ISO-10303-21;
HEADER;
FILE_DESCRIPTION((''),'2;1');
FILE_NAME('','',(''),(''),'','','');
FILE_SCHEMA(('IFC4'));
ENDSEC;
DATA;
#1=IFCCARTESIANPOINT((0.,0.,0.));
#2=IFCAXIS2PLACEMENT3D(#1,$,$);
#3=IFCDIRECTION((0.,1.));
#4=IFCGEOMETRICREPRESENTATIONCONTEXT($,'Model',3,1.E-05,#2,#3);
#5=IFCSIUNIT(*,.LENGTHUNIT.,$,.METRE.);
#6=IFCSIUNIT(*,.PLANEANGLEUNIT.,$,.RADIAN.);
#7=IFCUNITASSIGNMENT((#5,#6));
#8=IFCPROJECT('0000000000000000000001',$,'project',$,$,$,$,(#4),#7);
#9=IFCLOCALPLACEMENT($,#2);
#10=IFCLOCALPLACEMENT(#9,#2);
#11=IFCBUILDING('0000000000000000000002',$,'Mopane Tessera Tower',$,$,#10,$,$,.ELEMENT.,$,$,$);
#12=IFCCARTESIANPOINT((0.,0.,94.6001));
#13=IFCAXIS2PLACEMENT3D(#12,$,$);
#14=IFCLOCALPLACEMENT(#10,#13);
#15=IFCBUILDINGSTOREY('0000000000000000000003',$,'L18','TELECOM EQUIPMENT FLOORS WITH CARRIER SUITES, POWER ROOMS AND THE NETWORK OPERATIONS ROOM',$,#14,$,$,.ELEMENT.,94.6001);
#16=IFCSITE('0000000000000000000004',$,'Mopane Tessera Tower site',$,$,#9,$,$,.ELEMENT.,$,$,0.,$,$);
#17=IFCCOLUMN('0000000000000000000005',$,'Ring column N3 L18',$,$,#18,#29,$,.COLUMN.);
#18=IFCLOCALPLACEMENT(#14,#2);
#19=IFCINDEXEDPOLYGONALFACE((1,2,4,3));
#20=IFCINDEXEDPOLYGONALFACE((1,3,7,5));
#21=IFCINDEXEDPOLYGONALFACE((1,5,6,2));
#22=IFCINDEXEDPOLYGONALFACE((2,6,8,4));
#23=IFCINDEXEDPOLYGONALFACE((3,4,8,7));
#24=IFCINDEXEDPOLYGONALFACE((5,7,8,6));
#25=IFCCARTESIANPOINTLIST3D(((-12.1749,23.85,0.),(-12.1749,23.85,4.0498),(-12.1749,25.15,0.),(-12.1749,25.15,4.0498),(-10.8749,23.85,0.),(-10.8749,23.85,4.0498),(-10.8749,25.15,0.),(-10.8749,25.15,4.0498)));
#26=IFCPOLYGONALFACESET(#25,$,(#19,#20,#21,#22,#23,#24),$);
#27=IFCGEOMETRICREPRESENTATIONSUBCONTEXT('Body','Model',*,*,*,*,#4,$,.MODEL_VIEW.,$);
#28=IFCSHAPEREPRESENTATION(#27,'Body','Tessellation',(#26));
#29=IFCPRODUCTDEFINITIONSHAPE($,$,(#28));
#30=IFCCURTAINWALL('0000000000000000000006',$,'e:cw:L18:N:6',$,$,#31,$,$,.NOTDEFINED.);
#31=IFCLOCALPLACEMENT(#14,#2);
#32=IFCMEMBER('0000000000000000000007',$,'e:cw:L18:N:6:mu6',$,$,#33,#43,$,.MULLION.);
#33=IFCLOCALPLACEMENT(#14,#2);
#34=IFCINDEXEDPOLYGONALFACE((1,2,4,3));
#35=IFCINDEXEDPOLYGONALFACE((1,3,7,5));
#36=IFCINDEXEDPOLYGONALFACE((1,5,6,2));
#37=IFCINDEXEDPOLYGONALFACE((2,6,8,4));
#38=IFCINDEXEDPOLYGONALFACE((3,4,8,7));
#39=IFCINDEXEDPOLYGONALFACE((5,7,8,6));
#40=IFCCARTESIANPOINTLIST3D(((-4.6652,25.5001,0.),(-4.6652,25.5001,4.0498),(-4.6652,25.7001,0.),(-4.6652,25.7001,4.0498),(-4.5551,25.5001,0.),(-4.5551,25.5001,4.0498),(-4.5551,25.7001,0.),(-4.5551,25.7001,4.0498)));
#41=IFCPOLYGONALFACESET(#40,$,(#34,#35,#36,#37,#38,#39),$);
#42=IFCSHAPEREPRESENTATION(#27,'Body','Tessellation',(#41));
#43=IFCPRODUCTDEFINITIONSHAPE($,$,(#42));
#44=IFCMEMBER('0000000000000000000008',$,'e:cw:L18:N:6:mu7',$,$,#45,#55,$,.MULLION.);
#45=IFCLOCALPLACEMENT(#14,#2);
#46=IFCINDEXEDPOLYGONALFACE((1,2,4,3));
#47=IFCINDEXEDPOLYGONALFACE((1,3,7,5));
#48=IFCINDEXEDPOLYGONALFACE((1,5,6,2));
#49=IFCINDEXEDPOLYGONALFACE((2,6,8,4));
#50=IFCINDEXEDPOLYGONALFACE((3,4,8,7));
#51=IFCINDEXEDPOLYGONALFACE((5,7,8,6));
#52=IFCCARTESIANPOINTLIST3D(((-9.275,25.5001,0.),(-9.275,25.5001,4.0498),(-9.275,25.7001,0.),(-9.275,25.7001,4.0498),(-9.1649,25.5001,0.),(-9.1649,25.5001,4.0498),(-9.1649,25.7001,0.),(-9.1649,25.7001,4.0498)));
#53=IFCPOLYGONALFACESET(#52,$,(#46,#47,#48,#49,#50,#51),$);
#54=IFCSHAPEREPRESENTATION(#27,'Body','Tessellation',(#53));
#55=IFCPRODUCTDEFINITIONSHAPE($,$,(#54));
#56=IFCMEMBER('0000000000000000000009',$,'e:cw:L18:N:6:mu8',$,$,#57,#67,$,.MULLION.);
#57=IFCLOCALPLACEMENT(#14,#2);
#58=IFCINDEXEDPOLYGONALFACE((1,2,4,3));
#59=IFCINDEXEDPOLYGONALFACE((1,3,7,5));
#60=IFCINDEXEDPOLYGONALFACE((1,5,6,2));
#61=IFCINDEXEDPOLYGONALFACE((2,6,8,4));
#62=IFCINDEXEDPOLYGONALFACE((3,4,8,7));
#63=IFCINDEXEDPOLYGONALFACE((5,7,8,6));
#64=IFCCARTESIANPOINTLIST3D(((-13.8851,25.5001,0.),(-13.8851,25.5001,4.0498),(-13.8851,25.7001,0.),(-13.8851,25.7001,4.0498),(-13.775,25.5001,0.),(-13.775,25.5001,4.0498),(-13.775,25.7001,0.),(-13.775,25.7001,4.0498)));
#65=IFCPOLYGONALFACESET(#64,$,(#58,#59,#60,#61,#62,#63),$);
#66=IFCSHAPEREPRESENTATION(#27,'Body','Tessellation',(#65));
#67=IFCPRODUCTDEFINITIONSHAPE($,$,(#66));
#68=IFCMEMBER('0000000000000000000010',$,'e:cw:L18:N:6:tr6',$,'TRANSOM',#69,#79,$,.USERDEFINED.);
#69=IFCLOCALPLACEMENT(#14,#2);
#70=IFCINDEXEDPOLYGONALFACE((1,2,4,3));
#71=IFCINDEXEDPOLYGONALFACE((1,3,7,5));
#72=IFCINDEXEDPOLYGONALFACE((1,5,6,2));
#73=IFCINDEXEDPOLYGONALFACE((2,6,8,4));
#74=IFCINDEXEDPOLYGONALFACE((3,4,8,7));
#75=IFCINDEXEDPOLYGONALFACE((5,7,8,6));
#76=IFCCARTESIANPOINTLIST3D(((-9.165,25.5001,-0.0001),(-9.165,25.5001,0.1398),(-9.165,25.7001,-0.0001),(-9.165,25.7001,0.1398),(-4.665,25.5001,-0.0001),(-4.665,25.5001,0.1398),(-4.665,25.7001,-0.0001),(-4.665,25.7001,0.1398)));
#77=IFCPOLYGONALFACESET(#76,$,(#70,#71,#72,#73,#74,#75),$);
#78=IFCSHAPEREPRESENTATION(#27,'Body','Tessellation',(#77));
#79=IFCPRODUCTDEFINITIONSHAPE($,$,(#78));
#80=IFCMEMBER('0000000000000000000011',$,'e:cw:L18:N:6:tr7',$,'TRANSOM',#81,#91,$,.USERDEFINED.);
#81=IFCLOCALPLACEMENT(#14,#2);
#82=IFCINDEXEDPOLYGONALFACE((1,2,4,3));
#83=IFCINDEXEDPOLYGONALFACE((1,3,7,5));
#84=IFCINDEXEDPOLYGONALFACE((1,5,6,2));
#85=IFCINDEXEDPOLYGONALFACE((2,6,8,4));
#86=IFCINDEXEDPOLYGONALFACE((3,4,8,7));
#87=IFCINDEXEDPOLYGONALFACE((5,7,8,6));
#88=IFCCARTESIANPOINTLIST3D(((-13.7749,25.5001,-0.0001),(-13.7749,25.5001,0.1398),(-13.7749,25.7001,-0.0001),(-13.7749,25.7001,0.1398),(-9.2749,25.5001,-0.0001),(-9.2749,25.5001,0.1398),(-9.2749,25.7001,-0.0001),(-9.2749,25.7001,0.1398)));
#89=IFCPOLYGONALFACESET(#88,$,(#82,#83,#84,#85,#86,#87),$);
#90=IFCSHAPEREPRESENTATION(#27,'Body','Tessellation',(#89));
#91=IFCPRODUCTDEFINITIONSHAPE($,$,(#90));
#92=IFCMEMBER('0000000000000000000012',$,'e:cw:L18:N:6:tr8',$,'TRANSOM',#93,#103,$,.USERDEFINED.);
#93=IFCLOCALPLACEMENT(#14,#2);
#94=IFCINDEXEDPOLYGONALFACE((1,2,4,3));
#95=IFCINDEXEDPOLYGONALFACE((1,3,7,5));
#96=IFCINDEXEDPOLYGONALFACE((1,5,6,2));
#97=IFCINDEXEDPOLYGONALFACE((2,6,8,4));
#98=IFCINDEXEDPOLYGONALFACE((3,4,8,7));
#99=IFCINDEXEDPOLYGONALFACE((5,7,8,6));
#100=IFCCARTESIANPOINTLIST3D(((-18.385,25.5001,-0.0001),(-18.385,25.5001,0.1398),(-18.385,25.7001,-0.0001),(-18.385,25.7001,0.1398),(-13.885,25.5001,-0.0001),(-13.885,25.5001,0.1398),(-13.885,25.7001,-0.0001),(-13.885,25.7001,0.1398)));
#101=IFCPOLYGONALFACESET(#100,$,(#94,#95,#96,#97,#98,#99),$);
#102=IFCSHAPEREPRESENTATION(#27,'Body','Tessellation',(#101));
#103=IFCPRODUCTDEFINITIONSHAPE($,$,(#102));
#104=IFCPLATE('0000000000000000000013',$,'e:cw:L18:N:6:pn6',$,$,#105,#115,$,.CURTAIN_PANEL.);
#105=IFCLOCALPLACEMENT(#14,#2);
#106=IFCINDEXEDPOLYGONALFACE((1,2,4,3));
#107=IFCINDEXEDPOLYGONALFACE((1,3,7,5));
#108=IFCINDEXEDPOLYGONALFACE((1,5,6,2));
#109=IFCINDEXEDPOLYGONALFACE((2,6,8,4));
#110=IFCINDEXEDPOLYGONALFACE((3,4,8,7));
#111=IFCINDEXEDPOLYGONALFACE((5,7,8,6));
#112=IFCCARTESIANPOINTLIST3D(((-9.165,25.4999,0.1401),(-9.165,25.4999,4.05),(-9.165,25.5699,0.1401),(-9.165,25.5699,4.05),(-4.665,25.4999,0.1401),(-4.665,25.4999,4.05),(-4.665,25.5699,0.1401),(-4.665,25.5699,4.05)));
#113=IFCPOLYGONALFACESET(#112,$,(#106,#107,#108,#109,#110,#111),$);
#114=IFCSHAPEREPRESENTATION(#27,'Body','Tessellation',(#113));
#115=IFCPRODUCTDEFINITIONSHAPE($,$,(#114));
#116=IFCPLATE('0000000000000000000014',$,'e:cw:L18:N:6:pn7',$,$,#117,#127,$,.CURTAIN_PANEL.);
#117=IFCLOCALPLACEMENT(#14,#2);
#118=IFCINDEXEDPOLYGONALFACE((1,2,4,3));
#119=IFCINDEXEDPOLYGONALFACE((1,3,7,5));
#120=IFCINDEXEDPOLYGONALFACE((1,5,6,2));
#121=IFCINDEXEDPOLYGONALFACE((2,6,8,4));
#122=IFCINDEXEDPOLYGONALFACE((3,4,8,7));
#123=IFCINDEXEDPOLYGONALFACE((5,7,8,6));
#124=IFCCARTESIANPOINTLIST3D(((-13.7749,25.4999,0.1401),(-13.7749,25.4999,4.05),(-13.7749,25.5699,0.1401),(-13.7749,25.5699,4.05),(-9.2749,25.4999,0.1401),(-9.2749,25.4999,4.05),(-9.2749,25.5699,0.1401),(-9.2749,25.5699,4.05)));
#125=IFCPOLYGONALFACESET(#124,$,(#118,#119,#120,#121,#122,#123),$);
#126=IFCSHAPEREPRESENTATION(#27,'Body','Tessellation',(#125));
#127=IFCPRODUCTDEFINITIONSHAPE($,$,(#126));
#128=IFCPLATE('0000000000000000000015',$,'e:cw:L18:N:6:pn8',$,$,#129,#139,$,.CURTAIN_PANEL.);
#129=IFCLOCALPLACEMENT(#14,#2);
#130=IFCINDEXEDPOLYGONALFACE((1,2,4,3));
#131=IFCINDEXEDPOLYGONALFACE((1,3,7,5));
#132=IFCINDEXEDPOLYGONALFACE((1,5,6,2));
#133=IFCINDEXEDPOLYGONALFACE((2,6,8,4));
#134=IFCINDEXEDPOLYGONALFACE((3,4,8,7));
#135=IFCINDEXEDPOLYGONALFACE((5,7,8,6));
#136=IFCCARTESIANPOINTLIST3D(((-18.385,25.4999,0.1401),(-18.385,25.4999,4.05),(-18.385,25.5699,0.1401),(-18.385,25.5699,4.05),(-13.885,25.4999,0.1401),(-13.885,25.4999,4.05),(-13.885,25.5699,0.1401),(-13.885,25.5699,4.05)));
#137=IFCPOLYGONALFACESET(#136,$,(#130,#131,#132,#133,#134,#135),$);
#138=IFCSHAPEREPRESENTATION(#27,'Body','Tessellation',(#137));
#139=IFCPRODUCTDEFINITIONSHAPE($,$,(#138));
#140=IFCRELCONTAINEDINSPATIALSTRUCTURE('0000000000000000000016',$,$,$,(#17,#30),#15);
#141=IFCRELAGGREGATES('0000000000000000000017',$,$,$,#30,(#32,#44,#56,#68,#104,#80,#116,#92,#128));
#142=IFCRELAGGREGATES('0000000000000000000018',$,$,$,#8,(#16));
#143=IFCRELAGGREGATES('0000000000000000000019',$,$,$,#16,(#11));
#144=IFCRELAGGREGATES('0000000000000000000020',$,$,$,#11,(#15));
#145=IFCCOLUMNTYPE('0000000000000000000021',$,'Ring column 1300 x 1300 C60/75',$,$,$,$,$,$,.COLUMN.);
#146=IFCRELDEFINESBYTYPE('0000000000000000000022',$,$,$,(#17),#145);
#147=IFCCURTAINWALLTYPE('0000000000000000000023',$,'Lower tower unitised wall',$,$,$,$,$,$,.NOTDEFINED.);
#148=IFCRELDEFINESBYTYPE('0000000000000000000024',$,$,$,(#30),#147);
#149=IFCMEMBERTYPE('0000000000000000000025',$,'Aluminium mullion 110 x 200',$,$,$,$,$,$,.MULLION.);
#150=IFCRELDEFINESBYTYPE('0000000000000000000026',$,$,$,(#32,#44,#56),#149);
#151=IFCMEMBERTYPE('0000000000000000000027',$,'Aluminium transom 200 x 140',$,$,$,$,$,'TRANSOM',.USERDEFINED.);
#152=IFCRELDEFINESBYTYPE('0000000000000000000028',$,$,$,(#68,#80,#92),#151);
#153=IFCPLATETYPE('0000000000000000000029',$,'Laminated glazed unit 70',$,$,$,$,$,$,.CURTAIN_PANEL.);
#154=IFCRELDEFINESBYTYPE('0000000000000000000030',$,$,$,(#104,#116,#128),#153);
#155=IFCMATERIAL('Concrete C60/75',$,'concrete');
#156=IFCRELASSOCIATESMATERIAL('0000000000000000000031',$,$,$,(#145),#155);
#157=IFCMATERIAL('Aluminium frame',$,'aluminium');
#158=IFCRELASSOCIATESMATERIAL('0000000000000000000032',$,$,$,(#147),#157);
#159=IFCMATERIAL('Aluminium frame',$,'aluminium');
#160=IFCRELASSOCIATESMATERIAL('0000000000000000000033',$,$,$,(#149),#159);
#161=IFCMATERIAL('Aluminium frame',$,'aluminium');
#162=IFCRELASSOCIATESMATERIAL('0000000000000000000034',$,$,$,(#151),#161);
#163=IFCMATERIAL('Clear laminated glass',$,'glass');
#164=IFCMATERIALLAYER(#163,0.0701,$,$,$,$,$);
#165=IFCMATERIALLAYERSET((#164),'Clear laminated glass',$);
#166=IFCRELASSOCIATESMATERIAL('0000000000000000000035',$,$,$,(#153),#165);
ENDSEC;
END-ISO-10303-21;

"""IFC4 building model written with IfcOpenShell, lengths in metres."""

from ifc_helpers import new_model, si_unit, direction, frame, origin, origin_2d, place, context, subcontext, project, spatial, rectangle, extrude, material, layer, layer_set, material_profile, profile_set, type_object, element, aggregate, save


model = new_model("IFC4")

# Units and contexts
model_context = context("Model", 3, precision=1e-05, world=origin(), true_north=direction((0.0, 1.0)))
body_context = subcontext(model_context, "Body", "Model", "MODEL_VIEW")
ifc_project = project(units=[si_unit("LENGTHUNIT", "METRE"), si_unit("PLANEANGLEUNIT", "RADIAN")], contexts=[model_context])

# Site, building, storey
site_placement = place(None, origin())
site = spatial("IfcSite", under=ifc_project, at=site_placement, Name="Mopane Tessera Tower site", CompositionType="ELEMENT", RefElevation=0.0)
building_placement = place(site_placement, origin())
building = spatial("IfcBuilding", under=site, at=building_placement, Name="Mopane Tessera Tower", CompositionType="ELEMENT")
storey_placement = place(building_placement, frame((0.0, 0.0, 94.6001)))
storey = spatial("IfcBuildingStorey", under=building, at=storey_placement, Name="L18", Description="TELECOM EQUIPMENT FLOORS WITH CARRIER SUITES, POWER ROOMS AND THE NETWORK OPERATIONS ROOM", CompositionType="ELEMENT", Elevation=94.6001)

# Column
ifc_material_1 = material(Name="Concrete C60/75", Category="concrete")
ifc_material_profile_1 = material_profile(ifc_material_1, rectangle(XDim=1.3, YDim=1.3, at=origin_2d()))
ifc_profile_set_1 = profile_set([ifc_material_profile_1], Name="Concrete C60/75")
column_type = type_object("IfcColumnType", Name="Ring column 1300 x 1300 C60/75", PredefinedType="COLUMN", material=ifc_profile_set_1)
column_placement = place(storey_placement, frame((-11.5249, 24.5, 0.0), z_axis=(0.0, 0.0, 1.0), x_axis=(1.0, 0.0, 0.0)))
element("IfcColumn", 1, at=column_placement, inside=storey, type_object=column_type, Name="Ring column N3 L18", PredefinedType="COLUMN", context=body_context, shape_type="SweptSolid", body=[
    extrude(rectangle(XDim=1.3, YDim=1.3, at=origin_2d()), origin(), (0.0, 0.0, 1.0), 4.0498),
])

# Curtain wall, members, plates
ifc_material_2 = material(Name="Aluminium frame", Category="aluminium")
curtain_wall_type = type_object("IfcCurtainWallType", Name="Lower tower unitised wall", PredefinedType="NOTDEFINED", material=ifc_material_2)
curtain_wall_placement = place(storey_placement, origin())
curtain_wall = element("IfcCurtainWall", 2, at=curtain_wall_placement, inside=storey, type_object=curtain_wall_type, Name="e:cw:L18:N:6", PredefinedType="NOTDEFINED")
ifc_material_3 = material(Name="Aluminium frame", Category="aluminium")
ifc_material_profile_2 = material_profile(ifc_material_3, rectangle(XDim=0.1101, YDim=0.2, at=origin_2d()))
ifc_profile_set_2 = profile_set([ifc_material_profile_2], Name="Aluminium frame")
member_type_1 = type_object("IfcMemberType", Name="Aluminium mullion 110 x 200", PredefinedType="MULLION", material=ifc_profile_set_2)
member_1_placement = place(storey_placement, frame((-4.6101, 25.6001, 0.0), z_axis=(0.0, 0.0, 1.0), x_axis=(-1.0, 0.0, 0.0)))
member_1 = element("IfcMember", 3, at=member_1_placement, type_object=member_type_1, Name="e:cw:L18:N:6:mu6", PredefinedType="MULLION", context=body_context, shape_type="SweptSolid", body=[
    extrude(rectangle(XDim=0.1101, YDim=0.2, at=origin_2d()), origin(), (0.0, 0.0, 1.0), 4.0498),
])
member_2_placement = place(storey_placement, frame((-9.22, 25.6001, 0.0), z_axis=(0.0, 0.0, 1.0), x_axis=(-1.0, 0.0, 0.0)))
member_2 = element("IfcMember", 4, at=member_2_placement, type_object=member_type_1, Name="e:cw:L18:N:6:mu7", PredefinedType="MULLION", context=body_context, shape_type="SweptSolid", body=[
    extrude(rectangle(XDim=0.1101, YDim=0.2, at=origin_2d()), origin(), (0.0, 0.0, 1.0), 4.0498),
])
member_3_placement = place(storey_placement, frame((-13.8301, 25.6001, 0.0), z_axis=(0.0, 0.0, 1.0), x_axis=(-1.0, 0.0, 0.0)))
member_3 = element("IfcMember", 5, at=member_3_placement, type_object=member_type_1, Name="e:cw:L18:N:6:mu8", PredefinedType="MULLION", context=body_context, shape_type="SweptSolid", body=[
    extrude(rectangle(XDim=0.1101, YDim=0.2, at=origin_2d()), origin(), (0.0, 0.0, 1.0), 4.0498),
])
ifc_material_4 = material(Name="Aluminium frame", Category="aluminium")
ifc_material_profile_3 = material_profile(ifc_material_4, rectangle(XDim=0.2, YDim=0.1399, at=origin_2d()))
ifc_profile_set_3 = profile_set([ifc_material_profile_3], Name="Aluminium frame")
member_type_2 = type_object("IfcMemberType", Name="Aluminium transom 200 x 140", ElementType="TRANSOM", PredefinedType="USERDEFINED", material=ifc_profile_set_3)
member_4_placement = place(storey_placement, frame((-4.665, 25.6001, 0.0698), z_axis=(-1.0, 0.0, 0.0), x_axis=(0.0, -1.0, 0.0)))
member_4 = element("IfcMember", 6, at=member_4_placement, type_object=member_type_2, Name="e:cw:L18:N:6:tr6", ObjectType="TRANSOM", PredefinedType="USERDEFINED", context=body_context, shape_type="SweptSolid", body=[
    extrude(rectangle(XDim=0.2, YDim=0.1399, at=origin_2d()), origin(), (0.0, 0.0, 1.0), 4.5),
])
member_5_placement = place(storey_placement, frame((-9.2749, 25.6001, 0.0698), z_axis=(-1.0, 0.0, 0.0), x_axis=(0.0, -1.0, 0.0)))
member_5 = element("IfcMember", 7, at=member_5_placement, type_object=member_type_2, Name="e:cw:L18:N:6:tr7", ObjectType="TRANSOM", PredefinedType="USERDEFINED", context=body_context, shape_type="SweptSolid", body=[
    extrude(rectangle(XDim=0.2, YDim=0.1399, at=origin_2d()), origin(), (0.0, 0.0, 1.0), 4.5),
])
member_6_placement = place(storey_placement, frame((-13.885, 25.6001, 0.0698), z_axis=(-1.0, 0.0, 0.0), x_axis=(0.0, -1.0, 0.0)))
member_6 = element("IfcMember", 8, at=member_6_placement, type_object=member_type_2, Name="e:cw:L18:N:6:tr8", ObjectType="TRANSOM", PredefinedType="USERDEFINED", context=body_context, shape_type="SweptSolid", body=[
    extrude(rectangle(XDim=0.2, YDim=0.1399, at=origin_2d()), origin(), (0.0, 0.0, 1.0), 4.5),
])
ifc_material_5 = material(Name="Clear laminated glass", Category="glass")
ifc_layer_1 = layer(ifc_material_5, 0.0701)
ifc_layer_set_1 = layer_set([ifc_layer_1], Name="Clear laminated glass")
plate_type = type_object("IfcPlateType", Name="Laminated glazed unit 70", PredefinedType="CURTAIN_PANEL", material=ifc_layer_set_1)
plate_1_placement = place(storey_placement, frame((-6.915, 25.5349, 0.1401), z_axis=(0.0, 0.0, 1.0), x_axis=(-1.0, 0.0, 0.0)))
plate_1 = element("IfcPlate", 9, at=plate_1_placement, type_object=plate_type, Name="e:cw:L18:N:6:pn6", PredefinedType="CURTAIN_PANEL", context=body_context, shape_type="SweptSolid", body=[
    extrude(rectangle(XDim=4.5, YDim=0.0701, at=origin_2d()), origin(), (0.0, 0.0, 1.0), 3.9099),
])
plate_2_placement = place(storey_placement, frame((-11.5249, 25.5349, 0.1401), z_axis=(0.0, 0.0, 1.0), x_axis=(-1.0, 0.0, 0.0)))
plate_2 = element("IfcPlate", 10, at=plate_2_placement, type_object=plate_type, Name="e:cw:L18:N:6:pn7", PredefinedType="CURTAIN_PANEL", context=body_context, shape_type="SweptSolid", body=[
    extrude(rectangle(XDim=4.5, YDim=0.0701, at=origin_2d()), origin(), (0.0, 0.0, 1.0), 3.9099),
])
plate_3_placement = place(storey_placement, frame((-16.135, 25.5349, 0.1401), z_axis=(0.0, 0.0, 1.0), x_axis=(-1.0, 0.0, 0.0)))
plate_3 = element("IfcPlate", 11, at=plate_3_placement, type_object=plate_type, Name="e:cw:L18:N:6:pn8", PredefinedType="CURTAIN_PANEL", context=body_context, shape_type="SweptSolid", body=[
    extrude(rectangle(XDim=4.5, YDim=0.0701, at=origin_2d()), origin(), (0.0, 0.0, 1.0), 3.9099),
])
aggregate(curtain_wall, [member_1, member_2, member_3, member_4, plate_1, member_5, plate_2, member_6, plate_3])

save(model, "model.ifc")
